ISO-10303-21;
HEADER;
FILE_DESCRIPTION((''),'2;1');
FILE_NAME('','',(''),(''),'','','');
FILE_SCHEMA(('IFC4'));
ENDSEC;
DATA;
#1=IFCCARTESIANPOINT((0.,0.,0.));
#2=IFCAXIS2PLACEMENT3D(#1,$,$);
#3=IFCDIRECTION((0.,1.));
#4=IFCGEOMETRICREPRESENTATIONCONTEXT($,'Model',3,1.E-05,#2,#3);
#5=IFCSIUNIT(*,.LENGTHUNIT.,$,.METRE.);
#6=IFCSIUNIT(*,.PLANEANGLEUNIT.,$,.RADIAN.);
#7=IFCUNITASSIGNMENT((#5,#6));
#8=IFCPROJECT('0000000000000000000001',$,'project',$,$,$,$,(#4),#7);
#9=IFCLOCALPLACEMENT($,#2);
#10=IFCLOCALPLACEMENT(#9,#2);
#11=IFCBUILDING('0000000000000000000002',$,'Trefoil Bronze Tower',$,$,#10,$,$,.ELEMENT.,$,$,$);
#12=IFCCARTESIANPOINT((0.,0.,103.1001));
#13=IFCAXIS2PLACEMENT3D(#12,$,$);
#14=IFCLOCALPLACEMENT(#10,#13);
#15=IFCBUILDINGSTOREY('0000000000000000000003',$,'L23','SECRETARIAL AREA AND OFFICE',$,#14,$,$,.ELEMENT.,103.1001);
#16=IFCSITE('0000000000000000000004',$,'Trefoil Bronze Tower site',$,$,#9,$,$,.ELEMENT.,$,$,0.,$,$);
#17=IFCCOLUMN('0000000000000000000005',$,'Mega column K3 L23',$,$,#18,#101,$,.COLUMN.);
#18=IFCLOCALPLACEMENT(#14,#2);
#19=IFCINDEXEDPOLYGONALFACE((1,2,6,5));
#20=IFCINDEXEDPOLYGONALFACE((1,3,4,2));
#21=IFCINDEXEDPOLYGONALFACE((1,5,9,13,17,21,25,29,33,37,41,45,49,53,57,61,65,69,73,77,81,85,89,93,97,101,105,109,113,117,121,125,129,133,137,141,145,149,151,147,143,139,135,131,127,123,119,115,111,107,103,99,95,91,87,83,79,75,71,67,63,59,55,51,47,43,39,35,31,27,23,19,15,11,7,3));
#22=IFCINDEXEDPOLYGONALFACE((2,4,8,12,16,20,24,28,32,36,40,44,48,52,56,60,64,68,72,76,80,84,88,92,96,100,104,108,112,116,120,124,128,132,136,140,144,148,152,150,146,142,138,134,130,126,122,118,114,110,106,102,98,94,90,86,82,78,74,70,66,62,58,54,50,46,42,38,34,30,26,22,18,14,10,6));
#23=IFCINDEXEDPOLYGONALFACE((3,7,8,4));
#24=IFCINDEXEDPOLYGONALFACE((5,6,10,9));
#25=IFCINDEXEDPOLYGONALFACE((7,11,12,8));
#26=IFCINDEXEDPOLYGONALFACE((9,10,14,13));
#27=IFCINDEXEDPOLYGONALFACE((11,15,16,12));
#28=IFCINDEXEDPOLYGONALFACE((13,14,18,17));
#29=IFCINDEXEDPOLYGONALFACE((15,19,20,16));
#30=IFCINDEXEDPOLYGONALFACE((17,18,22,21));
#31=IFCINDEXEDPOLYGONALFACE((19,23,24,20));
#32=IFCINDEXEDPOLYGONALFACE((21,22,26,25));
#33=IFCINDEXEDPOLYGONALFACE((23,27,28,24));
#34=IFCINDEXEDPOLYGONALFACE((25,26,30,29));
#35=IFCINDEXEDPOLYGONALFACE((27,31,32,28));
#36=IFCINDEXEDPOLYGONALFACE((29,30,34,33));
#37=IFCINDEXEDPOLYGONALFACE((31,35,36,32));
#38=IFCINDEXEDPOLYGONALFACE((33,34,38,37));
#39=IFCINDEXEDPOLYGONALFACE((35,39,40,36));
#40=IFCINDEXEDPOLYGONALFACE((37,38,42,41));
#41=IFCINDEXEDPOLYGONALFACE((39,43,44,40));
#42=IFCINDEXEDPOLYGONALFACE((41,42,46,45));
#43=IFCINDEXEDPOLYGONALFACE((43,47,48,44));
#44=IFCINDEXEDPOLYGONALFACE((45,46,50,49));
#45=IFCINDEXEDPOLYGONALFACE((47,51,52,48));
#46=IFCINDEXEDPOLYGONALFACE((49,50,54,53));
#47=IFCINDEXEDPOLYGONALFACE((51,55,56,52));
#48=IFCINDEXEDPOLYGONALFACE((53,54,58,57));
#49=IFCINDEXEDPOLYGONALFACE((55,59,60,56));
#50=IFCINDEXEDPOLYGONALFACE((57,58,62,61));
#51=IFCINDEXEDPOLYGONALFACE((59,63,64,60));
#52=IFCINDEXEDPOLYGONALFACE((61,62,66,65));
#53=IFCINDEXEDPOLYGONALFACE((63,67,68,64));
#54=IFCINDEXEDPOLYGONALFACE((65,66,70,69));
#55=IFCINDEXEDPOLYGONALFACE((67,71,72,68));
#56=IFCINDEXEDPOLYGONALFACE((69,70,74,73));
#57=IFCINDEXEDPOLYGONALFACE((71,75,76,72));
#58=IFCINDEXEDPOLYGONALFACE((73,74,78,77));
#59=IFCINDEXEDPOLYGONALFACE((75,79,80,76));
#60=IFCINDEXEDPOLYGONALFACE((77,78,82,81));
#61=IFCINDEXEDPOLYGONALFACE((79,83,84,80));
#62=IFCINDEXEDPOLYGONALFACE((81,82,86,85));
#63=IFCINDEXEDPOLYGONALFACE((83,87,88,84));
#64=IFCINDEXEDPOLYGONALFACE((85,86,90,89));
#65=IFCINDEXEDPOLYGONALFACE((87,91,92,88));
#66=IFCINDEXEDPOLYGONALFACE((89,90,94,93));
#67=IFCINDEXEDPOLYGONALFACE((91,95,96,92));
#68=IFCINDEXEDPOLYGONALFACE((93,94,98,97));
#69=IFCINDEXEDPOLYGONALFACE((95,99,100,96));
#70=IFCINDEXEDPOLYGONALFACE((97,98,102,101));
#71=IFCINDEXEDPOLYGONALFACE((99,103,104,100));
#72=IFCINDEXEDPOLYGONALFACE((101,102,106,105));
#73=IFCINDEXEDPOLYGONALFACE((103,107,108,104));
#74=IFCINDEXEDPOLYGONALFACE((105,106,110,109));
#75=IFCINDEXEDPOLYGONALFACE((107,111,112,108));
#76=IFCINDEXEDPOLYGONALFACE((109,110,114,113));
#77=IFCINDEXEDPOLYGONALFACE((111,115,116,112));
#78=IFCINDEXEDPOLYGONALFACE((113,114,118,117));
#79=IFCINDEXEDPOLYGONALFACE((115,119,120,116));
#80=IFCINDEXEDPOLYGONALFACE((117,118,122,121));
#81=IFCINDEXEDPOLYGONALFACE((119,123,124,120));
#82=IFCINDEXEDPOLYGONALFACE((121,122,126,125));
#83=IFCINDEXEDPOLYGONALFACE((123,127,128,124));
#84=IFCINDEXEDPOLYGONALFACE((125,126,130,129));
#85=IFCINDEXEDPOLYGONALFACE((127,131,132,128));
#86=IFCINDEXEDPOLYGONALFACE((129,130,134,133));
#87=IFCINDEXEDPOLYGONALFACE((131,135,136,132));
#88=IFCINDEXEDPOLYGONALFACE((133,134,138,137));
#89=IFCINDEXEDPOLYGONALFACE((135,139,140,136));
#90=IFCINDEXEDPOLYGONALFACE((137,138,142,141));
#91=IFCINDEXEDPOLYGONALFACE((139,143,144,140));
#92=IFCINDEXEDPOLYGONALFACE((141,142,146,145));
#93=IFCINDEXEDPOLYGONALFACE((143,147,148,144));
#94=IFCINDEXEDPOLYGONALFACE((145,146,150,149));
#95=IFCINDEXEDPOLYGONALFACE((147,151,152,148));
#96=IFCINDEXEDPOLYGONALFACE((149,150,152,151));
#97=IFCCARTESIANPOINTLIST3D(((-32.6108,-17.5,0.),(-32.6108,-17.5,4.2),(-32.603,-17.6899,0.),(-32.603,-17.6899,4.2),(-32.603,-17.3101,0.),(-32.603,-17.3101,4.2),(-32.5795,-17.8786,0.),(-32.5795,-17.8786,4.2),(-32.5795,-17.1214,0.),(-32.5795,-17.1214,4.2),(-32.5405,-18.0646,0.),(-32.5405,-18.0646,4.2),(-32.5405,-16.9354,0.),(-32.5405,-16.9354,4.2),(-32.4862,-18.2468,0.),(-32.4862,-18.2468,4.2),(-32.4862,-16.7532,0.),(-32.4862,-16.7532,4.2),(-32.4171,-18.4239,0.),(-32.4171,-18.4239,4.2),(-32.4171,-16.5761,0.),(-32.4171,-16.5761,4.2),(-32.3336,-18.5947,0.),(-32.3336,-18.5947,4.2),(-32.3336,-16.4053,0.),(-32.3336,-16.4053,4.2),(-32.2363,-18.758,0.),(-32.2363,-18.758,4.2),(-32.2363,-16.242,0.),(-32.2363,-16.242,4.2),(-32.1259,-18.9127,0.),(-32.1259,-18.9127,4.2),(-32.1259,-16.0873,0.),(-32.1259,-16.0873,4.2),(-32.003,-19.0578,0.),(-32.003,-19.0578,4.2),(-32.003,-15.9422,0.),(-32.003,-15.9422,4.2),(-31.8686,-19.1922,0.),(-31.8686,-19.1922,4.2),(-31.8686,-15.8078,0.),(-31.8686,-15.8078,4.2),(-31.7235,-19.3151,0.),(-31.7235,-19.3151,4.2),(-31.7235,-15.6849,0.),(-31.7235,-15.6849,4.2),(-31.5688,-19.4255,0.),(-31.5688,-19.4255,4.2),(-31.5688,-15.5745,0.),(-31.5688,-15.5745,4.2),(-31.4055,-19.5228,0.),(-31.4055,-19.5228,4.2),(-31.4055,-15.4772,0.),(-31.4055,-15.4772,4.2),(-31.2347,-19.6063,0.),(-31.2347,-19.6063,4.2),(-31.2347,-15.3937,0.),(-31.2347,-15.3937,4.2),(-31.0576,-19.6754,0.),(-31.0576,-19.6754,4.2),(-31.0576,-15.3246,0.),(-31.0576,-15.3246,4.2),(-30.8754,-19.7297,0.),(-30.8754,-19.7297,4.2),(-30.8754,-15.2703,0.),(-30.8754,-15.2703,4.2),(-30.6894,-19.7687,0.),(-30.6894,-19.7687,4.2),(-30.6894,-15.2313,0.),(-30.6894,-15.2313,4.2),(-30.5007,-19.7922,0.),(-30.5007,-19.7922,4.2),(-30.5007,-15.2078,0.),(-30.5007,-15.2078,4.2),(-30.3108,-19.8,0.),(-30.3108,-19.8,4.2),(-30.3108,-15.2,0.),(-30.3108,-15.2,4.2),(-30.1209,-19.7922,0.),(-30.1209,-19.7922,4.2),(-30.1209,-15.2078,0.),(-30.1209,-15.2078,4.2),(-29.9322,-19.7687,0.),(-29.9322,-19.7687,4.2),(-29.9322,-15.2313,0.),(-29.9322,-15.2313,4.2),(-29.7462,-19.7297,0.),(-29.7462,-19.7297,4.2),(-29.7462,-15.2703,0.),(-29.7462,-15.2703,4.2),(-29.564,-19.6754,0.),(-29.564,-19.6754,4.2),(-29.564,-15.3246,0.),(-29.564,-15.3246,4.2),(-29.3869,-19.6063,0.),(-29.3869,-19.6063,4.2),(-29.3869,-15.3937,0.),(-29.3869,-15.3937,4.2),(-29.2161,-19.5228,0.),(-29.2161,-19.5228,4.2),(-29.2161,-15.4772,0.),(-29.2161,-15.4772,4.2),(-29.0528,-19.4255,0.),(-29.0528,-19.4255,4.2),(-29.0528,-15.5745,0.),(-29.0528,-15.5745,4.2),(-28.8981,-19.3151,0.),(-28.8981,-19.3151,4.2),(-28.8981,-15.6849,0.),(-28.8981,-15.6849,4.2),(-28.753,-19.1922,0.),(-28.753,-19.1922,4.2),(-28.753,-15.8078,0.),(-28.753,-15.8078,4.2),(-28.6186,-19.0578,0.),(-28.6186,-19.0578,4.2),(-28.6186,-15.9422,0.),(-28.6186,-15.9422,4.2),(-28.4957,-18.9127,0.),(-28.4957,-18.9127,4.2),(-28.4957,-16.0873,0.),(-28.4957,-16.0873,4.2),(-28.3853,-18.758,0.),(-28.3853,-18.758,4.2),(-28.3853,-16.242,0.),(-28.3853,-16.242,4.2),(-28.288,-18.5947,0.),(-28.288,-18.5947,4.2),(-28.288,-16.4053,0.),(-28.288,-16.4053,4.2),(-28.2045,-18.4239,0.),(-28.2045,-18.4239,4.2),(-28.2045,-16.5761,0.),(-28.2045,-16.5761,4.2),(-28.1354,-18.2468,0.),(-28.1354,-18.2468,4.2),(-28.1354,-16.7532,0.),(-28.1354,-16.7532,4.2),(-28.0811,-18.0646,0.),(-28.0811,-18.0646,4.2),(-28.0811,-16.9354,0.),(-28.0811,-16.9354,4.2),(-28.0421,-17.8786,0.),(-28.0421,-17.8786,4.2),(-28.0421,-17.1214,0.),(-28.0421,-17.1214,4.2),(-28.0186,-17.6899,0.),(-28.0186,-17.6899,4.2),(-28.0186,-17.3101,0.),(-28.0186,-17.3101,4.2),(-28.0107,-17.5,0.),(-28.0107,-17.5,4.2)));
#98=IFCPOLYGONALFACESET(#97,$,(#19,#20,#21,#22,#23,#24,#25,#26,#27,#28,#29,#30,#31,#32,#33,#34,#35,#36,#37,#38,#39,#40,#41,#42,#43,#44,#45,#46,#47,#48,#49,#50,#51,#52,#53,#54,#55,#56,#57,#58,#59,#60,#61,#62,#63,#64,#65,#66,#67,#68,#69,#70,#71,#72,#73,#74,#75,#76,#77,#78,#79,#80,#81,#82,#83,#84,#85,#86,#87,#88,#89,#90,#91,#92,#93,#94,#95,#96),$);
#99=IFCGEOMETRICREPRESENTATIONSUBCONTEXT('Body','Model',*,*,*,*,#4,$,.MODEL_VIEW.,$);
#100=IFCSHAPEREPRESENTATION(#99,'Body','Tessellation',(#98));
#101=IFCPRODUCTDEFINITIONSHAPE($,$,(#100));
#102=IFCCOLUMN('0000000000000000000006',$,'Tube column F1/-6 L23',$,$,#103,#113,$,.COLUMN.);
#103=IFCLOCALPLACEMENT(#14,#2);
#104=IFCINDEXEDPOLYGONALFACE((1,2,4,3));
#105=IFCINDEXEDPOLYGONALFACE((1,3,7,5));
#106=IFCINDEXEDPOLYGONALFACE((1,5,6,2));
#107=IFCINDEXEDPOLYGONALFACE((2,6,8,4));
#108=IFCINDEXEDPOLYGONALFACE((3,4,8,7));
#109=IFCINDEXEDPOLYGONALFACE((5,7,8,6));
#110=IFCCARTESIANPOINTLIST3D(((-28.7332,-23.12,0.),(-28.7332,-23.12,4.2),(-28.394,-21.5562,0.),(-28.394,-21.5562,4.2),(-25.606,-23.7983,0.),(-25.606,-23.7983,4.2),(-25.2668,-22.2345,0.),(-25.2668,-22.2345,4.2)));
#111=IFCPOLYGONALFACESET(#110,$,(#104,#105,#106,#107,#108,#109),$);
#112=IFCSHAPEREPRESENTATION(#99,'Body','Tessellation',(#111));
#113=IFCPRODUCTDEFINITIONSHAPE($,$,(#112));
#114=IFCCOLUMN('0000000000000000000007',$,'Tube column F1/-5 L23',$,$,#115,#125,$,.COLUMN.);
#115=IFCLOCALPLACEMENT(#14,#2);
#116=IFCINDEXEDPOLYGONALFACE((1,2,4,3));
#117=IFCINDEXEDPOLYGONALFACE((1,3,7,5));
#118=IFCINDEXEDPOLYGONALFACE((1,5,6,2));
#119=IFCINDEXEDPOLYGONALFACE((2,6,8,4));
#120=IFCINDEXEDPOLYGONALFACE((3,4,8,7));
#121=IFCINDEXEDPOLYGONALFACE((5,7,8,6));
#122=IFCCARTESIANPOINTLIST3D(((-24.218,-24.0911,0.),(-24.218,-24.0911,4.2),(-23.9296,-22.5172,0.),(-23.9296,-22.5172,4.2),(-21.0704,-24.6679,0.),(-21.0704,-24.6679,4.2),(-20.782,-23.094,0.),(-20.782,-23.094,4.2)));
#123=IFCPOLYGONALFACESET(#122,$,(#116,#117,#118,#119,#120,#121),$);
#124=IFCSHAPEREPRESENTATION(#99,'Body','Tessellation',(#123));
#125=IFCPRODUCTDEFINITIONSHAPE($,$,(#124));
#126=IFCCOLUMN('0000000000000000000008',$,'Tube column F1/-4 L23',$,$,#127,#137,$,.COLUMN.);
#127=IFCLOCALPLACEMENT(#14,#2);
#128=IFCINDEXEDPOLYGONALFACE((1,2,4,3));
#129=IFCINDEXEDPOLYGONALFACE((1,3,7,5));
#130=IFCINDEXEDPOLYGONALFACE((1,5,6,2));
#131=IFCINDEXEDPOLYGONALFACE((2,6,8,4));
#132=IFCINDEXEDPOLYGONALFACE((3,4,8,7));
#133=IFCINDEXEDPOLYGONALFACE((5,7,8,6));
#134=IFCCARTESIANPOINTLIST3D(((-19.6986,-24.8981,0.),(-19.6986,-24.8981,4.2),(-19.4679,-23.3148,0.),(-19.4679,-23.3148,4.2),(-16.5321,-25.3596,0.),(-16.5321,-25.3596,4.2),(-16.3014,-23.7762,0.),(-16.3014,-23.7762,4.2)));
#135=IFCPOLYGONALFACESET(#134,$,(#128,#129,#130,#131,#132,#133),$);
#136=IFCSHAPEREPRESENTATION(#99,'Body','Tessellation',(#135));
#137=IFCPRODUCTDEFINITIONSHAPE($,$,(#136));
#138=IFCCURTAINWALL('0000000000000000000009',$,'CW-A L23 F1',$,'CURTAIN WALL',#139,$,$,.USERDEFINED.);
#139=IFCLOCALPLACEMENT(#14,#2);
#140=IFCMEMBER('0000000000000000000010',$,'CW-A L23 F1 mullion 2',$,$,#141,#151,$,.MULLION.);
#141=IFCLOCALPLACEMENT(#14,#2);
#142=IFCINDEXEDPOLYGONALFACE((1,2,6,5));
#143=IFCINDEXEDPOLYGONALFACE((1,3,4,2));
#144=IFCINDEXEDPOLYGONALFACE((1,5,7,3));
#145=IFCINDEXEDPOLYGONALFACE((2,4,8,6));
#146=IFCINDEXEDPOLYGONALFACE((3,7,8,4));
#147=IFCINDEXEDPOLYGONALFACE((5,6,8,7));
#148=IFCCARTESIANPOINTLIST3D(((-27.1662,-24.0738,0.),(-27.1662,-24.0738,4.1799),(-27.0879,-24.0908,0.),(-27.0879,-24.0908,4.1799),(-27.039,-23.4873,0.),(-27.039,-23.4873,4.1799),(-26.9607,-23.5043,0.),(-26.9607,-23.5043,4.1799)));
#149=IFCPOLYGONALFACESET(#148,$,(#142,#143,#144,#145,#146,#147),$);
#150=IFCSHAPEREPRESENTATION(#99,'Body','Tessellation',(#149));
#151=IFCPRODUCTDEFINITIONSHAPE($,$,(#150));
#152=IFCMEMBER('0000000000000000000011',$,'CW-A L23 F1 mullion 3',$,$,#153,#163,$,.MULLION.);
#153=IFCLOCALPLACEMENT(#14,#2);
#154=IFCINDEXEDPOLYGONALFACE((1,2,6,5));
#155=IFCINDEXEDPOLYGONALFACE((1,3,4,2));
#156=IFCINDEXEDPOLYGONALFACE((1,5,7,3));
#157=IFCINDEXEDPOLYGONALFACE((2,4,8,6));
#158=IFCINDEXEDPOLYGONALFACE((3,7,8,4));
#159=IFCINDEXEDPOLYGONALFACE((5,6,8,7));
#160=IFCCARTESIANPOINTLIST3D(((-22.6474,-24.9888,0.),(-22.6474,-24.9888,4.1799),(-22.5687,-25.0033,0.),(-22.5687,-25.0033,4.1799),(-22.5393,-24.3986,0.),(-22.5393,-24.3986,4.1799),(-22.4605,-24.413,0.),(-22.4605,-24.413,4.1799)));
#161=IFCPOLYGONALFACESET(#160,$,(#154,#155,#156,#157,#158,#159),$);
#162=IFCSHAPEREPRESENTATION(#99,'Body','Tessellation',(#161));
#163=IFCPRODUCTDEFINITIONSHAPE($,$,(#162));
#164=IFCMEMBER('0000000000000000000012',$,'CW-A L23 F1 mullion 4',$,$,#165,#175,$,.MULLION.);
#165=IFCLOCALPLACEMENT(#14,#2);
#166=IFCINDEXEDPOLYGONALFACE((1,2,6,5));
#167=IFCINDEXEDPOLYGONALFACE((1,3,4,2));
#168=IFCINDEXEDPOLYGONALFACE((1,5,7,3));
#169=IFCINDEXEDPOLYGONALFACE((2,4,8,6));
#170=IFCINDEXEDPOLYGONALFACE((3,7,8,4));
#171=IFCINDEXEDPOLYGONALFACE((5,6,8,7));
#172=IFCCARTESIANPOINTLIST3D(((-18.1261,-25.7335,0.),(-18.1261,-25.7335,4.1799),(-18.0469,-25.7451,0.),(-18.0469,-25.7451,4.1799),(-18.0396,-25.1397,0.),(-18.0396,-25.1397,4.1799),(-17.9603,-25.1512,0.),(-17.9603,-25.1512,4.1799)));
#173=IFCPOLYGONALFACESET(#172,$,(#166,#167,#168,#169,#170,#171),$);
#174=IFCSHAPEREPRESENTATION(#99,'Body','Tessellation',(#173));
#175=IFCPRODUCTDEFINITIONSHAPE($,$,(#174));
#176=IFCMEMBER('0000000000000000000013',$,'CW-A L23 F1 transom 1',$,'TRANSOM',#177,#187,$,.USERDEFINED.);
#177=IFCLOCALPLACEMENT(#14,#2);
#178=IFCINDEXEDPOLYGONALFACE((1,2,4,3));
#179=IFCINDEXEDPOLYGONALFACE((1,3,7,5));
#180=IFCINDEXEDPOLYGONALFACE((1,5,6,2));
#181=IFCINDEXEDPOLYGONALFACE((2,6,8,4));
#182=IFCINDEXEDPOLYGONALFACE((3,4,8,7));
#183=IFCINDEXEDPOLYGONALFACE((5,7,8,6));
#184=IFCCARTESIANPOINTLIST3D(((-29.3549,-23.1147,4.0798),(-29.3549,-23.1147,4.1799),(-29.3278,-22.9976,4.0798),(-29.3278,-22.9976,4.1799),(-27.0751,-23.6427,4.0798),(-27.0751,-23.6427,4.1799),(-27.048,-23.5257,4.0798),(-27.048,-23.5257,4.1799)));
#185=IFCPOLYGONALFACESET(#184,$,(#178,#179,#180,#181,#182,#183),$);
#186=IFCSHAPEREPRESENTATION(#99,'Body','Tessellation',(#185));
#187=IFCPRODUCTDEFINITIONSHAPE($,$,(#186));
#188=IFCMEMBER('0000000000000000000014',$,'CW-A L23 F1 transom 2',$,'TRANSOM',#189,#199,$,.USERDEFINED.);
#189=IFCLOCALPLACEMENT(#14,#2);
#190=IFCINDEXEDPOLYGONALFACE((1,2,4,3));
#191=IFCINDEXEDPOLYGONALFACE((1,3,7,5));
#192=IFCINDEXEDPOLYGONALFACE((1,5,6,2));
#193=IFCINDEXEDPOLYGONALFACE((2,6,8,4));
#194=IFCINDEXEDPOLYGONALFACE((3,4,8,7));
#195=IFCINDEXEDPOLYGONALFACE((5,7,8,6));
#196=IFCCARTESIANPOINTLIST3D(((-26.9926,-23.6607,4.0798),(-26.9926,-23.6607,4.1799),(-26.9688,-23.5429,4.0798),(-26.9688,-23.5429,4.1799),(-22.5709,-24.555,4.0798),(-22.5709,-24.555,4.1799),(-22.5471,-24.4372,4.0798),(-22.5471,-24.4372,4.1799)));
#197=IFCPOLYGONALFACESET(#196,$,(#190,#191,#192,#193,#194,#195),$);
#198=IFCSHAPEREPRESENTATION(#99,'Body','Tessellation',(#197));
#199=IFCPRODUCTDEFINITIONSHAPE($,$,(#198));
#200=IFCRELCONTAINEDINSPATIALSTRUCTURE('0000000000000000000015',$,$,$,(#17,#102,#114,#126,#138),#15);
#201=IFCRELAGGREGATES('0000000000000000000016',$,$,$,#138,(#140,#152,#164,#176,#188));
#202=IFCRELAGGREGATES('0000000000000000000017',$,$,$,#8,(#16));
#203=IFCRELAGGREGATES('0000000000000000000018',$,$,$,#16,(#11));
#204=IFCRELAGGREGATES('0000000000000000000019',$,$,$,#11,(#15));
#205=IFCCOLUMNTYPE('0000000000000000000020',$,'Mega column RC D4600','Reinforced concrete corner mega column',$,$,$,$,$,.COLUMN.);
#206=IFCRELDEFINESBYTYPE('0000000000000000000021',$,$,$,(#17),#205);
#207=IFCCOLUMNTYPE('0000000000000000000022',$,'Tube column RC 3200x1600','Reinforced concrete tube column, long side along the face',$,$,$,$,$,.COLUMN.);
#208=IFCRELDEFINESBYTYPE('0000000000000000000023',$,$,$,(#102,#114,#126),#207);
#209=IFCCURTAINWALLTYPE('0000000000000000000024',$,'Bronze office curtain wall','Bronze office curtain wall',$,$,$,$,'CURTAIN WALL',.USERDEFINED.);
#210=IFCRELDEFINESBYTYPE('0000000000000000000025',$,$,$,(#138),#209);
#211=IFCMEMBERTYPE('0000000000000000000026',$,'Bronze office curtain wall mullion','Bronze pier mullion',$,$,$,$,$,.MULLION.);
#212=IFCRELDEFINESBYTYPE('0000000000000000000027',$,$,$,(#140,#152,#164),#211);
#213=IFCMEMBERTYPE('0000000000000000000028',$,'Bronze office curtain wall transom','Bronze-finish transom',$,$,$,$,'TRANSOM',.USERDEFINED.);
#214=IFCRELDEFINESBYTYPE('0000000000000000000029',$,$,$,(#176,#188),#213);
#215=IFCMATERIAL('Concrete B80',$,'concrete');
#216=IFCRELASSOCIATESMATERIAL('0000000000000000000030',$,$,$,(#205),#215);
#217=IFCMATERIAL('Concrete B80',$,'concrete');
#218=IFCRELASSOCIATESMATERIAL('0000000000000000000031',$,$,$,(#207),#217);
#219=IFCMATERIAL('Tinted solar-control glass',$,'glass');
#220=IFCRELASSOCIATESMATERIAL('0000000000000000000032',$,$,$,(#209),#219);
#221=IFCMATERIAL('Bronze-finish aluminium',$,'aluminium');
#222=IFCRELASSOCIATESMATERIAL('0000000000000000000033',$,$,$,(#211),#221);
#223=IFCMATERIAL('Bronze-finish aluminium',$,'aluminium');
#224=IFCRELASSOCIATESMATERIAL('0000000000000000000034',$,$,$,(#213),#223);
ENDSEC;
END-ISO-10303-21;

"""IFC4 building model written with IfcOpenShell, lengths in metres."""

from ifc_helpers import new_model, si_unit, direction, frame, origin, origin_2d, place, context, subcontext, project, spatial, rectangle, circle, extrude, material, material_profile, profile_set, type_object, element, aggregate, save


model = new_model("IFC4")

# Units and contexts
model_context = context("Model", 3, precision=1e-05, world=origin(), true_north=direction((0.0, 1.0)))
body_context = subcontext(model_context, "Body", "Model", "MODEL_VIEW")
ifc_project = project(units=[si_unit("LENGTHUNIT", "METRE"), si_unit("PLANEANGLEUNIT", "RADIAN")], contexts=[model_context])

# Site, building, storey
site_placement = place(None, origin())
site = spatial("IfcSite", under=ifc_project, at=site_placement, Name="Trefoil Bronze Tower site", CompositionType="ELEMENT", RefElevation=0.0)
building_placement = place(site_placement, origin())
building = spatial("IfcBuilding", under=site, at=building_placement, Name="Trefoil Bronze Tower", CompositionType="ELEMENT")
storey_placement = place(building_placement, frame((0.0, 0.0, 103.1001)))
storey = spatial("IfcBuildingStorey", under=building, at=storey_placement, Name="L23", Description="SECRETARIAL AREA AND OFFICE", CompositionType="ELEMENT", Elevation=103.1001)

# Columns
ifc_material_1 = material(Name="Concrete B80", Category="concrete")
ifc_material_profile_1 = material_profile(ifc_material_1, circle(Radius=2.3, at=origin_2d()), Name="RC D4600")
ifc_profile_set_1 = profile_set([ifc_material_profile_1], Name="Concrete B80")
column_type_1 = type_object("IfcColumnType", Name="Mega column RC D4600", Description="Reinforced concrete corner mega column", PredefinedType="COLUMN", material=ifc_profile_set_1)
column_placement = place(storey_placement, frame((-30.3108, -17.5, 0.0), z_axis=(0.0, 0.0, 1.0), x_axis=(1.0, 0.0, 0.0)))
element("IfcColumn", 1, at=column_placement, inside=storey, type_object=column_type_1, Name="Mega column K3 L23", PredefinedType="COLUMN", context=body_context, shape_type="SweptSolid", body=[
    extrude(circle(Radius=2.3, at=origin_2d()), origin(), (0.0, 0.0, 1.0), 4.2),
])
ifc_material_2 = material(Name="Concrete B80", Category="concrete")
ifc_material_profile_2 = material_profile(ifc_material_2, rectangle(XDim=3.2, YDim=1.6001, at=origin_2d()), Name="RC 3200x1600")
ifc_profile_set_2 = profile_set([ifc_material_profile_2], Name="Concrete B80")
column_type_2 = type_object("IfcColumnType", Name="Tube column RC 3200x1600", Description="Reinforced concrete tube column, long side along the face", PredefinedType="COLUMN", material=ifc_profile_set_2)
for number, where, z_axis, x_axis, name in (
    (2, (-27.0, -22.6772, 0.0), (0.0, 0.0, 1.0), (0.977276, -0.21197, 0.0), "Tube column F1/-6 L23"),
    (3, (-22.5, -23.5925, 0.0), (0.0, 0.0, 1.0), (0.983623, -0.180241, 0.0), "Tube column F1/-5 L23"),
    (4, (-18.0, -24.3372, 0.0), (0.0, 0.0, 1.0), (0.98955, -0.144192, 0.0), "Tube column F1/-4 L23"),
):
    element("IfcColumn", number, at=place(storey_placement, frame(where, z_axis=z_axis, x_axis=x_axis)), inside=storey, type_object=column_type_2, Name=name, PredefinedType="COLUMN", context=body_context, shape_type="SweptSolid", body=[
        extrude(rectangle(XDim=3.2, YDim=1.6001, at=origin_2d()), origin(), (0.0, 0.0, 1.0), 4.2),
    ])

# Curtain wall, members
ifc_material_3 = material(Name="Tinted solar-control glass", Category="glass")
curtain_wall_type_1 = type_object("IfcCurtainWallType", Name="Bronze office curtain wall", Description="Bronze office curtain wall", ElementType="CURTAIN WALL", PredefinedType="USERDEFINED", material=ifc_material_3)
curtain_wall_1_placement = place(storey_placement, origin())
curtain_wall_1 = element("IfcCurtainWall", 5, at=curtain_wall_1_placement, inside=storey, type_object=curtain_wall_type_1, Name="CW-A L23 F1", ObjectType="CURTAIN WALL", PredefinedType="USERDEFINED")
ifc_material_4 = material(Name="Bronze-finish aluminium", Category="aluminium")
ifc_material_profile_3 = material_profile(ifc_material_4, rectangle(XDim=0.6001, YDim=0.0801, at=origin_2d()), Name="CW-A mullion")
ifc_profile_set_3 = profile_set([ifc_material_profile_3], Name="Bronze-finish aluminium")
member_type_1 = type_object("IfcMemberType", Name="Bronze office curtain wall mullion", Description="Bronze pier mullion", PredefinedType="MULLION", material=ifc_profile_set_3)
member_1_placement = place(storey_placement, frame((-27.0635, -23.7891, 0.0), z_axis=(0.0, 0.0, 1.0), x_axis=(0.21197, 0.977276, 0.0)))
member_1 = element("IfcMember", 6, at=member_1_placement, type_object=member_type_1, Name="CW-A L23 F1 mullion 2", PredefinedType="MULLION", context=body_context, shape_type="SweptSolid", body=[
    extrude(rectangle(XDim=0.6001, YDim=0.0801, at=origin_2d()), origin(), (0.0, 0.0, 1.0), 4.1799),
])
member_2_placement = place(storey_placement, frame((-22.554, -24.7009, 0.0), z_axis=(0.0, 0.0, 1.0), x_axis=(0.180241, 0.983623, 0.0)))
member_2 = element("IfcMember", 7, at=member_2_placement, type_object=member_type_1, Name="CW-A L23 F1 mullion 3", PredefinedType="MULLION", context=body_context, shape_type="SweptSolid", body=[
    extrude(rectangle(XDim=0.6001, YDim=0.0801, at=origin_2d()), origin(), (0.0, 0.0, 1.0), 4.1799),
])
member_3_placement = place(storey_placement, frame((-18.0432, -25.4424, 0.0), z_axis=(0.0, 0.0, 1.0), x_axis=(0.144192, 0.98955, 0.0)))
member_3 = element("IfcMember", 8, at=member_3_placement, type_object=member_type_1, Name="CW-A L23 F1 mullion 4", PredefinedType="MULLION", context=body_context, shape_type="SweptSolid", body=[
    extrude(rectangle(XDim=0.6001, YDim=0.0801, at=origin_2d()), origin(), (0.0, 0.0, 1.0), 4.1799),
])
ifc_material_5 = material(Name="Bronze-finish aluminium", Category="aluminium")
ifc_material_profile_4 = material_profile(ifc_material_5, rectangle(XDim=0.1201, YDim=0.1001, at=origin_2d()), Name="CW-A transom")
ifc_profile_set_4 = profile_set([ifc_material_profile_4], Name="Bronze-finish aluminium")
member_type_2 = type_object("IfcMemberType", Name="Bronze office curtain wall transom", Description="Bronze-finish transom", ElementType="TRANSOM", PredefinedType="USERDEFINED", material=ifc_profile_set_4)
member_4_placement = place(storey_placement, frame((-29.3413, -23.0562, 4.1299), z_axis=(0.974206, -0.225659, 0.0), x_axis=(0.225659, 0.974206, 0.0)))
member_4 = element("IfcMember", 9, at=member_4_placement, type_object=member_type_2, Name="CW-A L23 F1 transom 1", ObjectType="TRANSOM", PredefinedType="USERDEFINED", context=body_context, shape_type="SweptSolid", body=[
    extrude(rectangle(XDim=0.1201, YDim=0.1001, at=origin_2d()), origin(), (0.0, 0.0, 1.0), 2.3401),
])
member_5_placement = place(storey_placement, frame((-26.9807, -23.6018, 4.1299), z_axis=(0.980154, -0.198239, 0.0), x_axis=(0.198239, 0.980154, 0.0)))
member_5 = element("IfcMember", 10, at=member_5_placement, type_object=member_type_2, Name="CW-A L23 F1 transom 2", ObjectType="TRANSOM", PredefinedType="USERDEFINED", context=body_context, shape_type="SweptSolid", body=[
    extrude(rectangle(XDim=0.1201, YDim=0.1001, at=origin_2d()), origin(), (0.0, 0.0, 1.0), 4.5112),
])

aggregate(curtain_wall_1, [member_1, member_2, member_3, member_4, member_5])

save(model, "model.ifc")
